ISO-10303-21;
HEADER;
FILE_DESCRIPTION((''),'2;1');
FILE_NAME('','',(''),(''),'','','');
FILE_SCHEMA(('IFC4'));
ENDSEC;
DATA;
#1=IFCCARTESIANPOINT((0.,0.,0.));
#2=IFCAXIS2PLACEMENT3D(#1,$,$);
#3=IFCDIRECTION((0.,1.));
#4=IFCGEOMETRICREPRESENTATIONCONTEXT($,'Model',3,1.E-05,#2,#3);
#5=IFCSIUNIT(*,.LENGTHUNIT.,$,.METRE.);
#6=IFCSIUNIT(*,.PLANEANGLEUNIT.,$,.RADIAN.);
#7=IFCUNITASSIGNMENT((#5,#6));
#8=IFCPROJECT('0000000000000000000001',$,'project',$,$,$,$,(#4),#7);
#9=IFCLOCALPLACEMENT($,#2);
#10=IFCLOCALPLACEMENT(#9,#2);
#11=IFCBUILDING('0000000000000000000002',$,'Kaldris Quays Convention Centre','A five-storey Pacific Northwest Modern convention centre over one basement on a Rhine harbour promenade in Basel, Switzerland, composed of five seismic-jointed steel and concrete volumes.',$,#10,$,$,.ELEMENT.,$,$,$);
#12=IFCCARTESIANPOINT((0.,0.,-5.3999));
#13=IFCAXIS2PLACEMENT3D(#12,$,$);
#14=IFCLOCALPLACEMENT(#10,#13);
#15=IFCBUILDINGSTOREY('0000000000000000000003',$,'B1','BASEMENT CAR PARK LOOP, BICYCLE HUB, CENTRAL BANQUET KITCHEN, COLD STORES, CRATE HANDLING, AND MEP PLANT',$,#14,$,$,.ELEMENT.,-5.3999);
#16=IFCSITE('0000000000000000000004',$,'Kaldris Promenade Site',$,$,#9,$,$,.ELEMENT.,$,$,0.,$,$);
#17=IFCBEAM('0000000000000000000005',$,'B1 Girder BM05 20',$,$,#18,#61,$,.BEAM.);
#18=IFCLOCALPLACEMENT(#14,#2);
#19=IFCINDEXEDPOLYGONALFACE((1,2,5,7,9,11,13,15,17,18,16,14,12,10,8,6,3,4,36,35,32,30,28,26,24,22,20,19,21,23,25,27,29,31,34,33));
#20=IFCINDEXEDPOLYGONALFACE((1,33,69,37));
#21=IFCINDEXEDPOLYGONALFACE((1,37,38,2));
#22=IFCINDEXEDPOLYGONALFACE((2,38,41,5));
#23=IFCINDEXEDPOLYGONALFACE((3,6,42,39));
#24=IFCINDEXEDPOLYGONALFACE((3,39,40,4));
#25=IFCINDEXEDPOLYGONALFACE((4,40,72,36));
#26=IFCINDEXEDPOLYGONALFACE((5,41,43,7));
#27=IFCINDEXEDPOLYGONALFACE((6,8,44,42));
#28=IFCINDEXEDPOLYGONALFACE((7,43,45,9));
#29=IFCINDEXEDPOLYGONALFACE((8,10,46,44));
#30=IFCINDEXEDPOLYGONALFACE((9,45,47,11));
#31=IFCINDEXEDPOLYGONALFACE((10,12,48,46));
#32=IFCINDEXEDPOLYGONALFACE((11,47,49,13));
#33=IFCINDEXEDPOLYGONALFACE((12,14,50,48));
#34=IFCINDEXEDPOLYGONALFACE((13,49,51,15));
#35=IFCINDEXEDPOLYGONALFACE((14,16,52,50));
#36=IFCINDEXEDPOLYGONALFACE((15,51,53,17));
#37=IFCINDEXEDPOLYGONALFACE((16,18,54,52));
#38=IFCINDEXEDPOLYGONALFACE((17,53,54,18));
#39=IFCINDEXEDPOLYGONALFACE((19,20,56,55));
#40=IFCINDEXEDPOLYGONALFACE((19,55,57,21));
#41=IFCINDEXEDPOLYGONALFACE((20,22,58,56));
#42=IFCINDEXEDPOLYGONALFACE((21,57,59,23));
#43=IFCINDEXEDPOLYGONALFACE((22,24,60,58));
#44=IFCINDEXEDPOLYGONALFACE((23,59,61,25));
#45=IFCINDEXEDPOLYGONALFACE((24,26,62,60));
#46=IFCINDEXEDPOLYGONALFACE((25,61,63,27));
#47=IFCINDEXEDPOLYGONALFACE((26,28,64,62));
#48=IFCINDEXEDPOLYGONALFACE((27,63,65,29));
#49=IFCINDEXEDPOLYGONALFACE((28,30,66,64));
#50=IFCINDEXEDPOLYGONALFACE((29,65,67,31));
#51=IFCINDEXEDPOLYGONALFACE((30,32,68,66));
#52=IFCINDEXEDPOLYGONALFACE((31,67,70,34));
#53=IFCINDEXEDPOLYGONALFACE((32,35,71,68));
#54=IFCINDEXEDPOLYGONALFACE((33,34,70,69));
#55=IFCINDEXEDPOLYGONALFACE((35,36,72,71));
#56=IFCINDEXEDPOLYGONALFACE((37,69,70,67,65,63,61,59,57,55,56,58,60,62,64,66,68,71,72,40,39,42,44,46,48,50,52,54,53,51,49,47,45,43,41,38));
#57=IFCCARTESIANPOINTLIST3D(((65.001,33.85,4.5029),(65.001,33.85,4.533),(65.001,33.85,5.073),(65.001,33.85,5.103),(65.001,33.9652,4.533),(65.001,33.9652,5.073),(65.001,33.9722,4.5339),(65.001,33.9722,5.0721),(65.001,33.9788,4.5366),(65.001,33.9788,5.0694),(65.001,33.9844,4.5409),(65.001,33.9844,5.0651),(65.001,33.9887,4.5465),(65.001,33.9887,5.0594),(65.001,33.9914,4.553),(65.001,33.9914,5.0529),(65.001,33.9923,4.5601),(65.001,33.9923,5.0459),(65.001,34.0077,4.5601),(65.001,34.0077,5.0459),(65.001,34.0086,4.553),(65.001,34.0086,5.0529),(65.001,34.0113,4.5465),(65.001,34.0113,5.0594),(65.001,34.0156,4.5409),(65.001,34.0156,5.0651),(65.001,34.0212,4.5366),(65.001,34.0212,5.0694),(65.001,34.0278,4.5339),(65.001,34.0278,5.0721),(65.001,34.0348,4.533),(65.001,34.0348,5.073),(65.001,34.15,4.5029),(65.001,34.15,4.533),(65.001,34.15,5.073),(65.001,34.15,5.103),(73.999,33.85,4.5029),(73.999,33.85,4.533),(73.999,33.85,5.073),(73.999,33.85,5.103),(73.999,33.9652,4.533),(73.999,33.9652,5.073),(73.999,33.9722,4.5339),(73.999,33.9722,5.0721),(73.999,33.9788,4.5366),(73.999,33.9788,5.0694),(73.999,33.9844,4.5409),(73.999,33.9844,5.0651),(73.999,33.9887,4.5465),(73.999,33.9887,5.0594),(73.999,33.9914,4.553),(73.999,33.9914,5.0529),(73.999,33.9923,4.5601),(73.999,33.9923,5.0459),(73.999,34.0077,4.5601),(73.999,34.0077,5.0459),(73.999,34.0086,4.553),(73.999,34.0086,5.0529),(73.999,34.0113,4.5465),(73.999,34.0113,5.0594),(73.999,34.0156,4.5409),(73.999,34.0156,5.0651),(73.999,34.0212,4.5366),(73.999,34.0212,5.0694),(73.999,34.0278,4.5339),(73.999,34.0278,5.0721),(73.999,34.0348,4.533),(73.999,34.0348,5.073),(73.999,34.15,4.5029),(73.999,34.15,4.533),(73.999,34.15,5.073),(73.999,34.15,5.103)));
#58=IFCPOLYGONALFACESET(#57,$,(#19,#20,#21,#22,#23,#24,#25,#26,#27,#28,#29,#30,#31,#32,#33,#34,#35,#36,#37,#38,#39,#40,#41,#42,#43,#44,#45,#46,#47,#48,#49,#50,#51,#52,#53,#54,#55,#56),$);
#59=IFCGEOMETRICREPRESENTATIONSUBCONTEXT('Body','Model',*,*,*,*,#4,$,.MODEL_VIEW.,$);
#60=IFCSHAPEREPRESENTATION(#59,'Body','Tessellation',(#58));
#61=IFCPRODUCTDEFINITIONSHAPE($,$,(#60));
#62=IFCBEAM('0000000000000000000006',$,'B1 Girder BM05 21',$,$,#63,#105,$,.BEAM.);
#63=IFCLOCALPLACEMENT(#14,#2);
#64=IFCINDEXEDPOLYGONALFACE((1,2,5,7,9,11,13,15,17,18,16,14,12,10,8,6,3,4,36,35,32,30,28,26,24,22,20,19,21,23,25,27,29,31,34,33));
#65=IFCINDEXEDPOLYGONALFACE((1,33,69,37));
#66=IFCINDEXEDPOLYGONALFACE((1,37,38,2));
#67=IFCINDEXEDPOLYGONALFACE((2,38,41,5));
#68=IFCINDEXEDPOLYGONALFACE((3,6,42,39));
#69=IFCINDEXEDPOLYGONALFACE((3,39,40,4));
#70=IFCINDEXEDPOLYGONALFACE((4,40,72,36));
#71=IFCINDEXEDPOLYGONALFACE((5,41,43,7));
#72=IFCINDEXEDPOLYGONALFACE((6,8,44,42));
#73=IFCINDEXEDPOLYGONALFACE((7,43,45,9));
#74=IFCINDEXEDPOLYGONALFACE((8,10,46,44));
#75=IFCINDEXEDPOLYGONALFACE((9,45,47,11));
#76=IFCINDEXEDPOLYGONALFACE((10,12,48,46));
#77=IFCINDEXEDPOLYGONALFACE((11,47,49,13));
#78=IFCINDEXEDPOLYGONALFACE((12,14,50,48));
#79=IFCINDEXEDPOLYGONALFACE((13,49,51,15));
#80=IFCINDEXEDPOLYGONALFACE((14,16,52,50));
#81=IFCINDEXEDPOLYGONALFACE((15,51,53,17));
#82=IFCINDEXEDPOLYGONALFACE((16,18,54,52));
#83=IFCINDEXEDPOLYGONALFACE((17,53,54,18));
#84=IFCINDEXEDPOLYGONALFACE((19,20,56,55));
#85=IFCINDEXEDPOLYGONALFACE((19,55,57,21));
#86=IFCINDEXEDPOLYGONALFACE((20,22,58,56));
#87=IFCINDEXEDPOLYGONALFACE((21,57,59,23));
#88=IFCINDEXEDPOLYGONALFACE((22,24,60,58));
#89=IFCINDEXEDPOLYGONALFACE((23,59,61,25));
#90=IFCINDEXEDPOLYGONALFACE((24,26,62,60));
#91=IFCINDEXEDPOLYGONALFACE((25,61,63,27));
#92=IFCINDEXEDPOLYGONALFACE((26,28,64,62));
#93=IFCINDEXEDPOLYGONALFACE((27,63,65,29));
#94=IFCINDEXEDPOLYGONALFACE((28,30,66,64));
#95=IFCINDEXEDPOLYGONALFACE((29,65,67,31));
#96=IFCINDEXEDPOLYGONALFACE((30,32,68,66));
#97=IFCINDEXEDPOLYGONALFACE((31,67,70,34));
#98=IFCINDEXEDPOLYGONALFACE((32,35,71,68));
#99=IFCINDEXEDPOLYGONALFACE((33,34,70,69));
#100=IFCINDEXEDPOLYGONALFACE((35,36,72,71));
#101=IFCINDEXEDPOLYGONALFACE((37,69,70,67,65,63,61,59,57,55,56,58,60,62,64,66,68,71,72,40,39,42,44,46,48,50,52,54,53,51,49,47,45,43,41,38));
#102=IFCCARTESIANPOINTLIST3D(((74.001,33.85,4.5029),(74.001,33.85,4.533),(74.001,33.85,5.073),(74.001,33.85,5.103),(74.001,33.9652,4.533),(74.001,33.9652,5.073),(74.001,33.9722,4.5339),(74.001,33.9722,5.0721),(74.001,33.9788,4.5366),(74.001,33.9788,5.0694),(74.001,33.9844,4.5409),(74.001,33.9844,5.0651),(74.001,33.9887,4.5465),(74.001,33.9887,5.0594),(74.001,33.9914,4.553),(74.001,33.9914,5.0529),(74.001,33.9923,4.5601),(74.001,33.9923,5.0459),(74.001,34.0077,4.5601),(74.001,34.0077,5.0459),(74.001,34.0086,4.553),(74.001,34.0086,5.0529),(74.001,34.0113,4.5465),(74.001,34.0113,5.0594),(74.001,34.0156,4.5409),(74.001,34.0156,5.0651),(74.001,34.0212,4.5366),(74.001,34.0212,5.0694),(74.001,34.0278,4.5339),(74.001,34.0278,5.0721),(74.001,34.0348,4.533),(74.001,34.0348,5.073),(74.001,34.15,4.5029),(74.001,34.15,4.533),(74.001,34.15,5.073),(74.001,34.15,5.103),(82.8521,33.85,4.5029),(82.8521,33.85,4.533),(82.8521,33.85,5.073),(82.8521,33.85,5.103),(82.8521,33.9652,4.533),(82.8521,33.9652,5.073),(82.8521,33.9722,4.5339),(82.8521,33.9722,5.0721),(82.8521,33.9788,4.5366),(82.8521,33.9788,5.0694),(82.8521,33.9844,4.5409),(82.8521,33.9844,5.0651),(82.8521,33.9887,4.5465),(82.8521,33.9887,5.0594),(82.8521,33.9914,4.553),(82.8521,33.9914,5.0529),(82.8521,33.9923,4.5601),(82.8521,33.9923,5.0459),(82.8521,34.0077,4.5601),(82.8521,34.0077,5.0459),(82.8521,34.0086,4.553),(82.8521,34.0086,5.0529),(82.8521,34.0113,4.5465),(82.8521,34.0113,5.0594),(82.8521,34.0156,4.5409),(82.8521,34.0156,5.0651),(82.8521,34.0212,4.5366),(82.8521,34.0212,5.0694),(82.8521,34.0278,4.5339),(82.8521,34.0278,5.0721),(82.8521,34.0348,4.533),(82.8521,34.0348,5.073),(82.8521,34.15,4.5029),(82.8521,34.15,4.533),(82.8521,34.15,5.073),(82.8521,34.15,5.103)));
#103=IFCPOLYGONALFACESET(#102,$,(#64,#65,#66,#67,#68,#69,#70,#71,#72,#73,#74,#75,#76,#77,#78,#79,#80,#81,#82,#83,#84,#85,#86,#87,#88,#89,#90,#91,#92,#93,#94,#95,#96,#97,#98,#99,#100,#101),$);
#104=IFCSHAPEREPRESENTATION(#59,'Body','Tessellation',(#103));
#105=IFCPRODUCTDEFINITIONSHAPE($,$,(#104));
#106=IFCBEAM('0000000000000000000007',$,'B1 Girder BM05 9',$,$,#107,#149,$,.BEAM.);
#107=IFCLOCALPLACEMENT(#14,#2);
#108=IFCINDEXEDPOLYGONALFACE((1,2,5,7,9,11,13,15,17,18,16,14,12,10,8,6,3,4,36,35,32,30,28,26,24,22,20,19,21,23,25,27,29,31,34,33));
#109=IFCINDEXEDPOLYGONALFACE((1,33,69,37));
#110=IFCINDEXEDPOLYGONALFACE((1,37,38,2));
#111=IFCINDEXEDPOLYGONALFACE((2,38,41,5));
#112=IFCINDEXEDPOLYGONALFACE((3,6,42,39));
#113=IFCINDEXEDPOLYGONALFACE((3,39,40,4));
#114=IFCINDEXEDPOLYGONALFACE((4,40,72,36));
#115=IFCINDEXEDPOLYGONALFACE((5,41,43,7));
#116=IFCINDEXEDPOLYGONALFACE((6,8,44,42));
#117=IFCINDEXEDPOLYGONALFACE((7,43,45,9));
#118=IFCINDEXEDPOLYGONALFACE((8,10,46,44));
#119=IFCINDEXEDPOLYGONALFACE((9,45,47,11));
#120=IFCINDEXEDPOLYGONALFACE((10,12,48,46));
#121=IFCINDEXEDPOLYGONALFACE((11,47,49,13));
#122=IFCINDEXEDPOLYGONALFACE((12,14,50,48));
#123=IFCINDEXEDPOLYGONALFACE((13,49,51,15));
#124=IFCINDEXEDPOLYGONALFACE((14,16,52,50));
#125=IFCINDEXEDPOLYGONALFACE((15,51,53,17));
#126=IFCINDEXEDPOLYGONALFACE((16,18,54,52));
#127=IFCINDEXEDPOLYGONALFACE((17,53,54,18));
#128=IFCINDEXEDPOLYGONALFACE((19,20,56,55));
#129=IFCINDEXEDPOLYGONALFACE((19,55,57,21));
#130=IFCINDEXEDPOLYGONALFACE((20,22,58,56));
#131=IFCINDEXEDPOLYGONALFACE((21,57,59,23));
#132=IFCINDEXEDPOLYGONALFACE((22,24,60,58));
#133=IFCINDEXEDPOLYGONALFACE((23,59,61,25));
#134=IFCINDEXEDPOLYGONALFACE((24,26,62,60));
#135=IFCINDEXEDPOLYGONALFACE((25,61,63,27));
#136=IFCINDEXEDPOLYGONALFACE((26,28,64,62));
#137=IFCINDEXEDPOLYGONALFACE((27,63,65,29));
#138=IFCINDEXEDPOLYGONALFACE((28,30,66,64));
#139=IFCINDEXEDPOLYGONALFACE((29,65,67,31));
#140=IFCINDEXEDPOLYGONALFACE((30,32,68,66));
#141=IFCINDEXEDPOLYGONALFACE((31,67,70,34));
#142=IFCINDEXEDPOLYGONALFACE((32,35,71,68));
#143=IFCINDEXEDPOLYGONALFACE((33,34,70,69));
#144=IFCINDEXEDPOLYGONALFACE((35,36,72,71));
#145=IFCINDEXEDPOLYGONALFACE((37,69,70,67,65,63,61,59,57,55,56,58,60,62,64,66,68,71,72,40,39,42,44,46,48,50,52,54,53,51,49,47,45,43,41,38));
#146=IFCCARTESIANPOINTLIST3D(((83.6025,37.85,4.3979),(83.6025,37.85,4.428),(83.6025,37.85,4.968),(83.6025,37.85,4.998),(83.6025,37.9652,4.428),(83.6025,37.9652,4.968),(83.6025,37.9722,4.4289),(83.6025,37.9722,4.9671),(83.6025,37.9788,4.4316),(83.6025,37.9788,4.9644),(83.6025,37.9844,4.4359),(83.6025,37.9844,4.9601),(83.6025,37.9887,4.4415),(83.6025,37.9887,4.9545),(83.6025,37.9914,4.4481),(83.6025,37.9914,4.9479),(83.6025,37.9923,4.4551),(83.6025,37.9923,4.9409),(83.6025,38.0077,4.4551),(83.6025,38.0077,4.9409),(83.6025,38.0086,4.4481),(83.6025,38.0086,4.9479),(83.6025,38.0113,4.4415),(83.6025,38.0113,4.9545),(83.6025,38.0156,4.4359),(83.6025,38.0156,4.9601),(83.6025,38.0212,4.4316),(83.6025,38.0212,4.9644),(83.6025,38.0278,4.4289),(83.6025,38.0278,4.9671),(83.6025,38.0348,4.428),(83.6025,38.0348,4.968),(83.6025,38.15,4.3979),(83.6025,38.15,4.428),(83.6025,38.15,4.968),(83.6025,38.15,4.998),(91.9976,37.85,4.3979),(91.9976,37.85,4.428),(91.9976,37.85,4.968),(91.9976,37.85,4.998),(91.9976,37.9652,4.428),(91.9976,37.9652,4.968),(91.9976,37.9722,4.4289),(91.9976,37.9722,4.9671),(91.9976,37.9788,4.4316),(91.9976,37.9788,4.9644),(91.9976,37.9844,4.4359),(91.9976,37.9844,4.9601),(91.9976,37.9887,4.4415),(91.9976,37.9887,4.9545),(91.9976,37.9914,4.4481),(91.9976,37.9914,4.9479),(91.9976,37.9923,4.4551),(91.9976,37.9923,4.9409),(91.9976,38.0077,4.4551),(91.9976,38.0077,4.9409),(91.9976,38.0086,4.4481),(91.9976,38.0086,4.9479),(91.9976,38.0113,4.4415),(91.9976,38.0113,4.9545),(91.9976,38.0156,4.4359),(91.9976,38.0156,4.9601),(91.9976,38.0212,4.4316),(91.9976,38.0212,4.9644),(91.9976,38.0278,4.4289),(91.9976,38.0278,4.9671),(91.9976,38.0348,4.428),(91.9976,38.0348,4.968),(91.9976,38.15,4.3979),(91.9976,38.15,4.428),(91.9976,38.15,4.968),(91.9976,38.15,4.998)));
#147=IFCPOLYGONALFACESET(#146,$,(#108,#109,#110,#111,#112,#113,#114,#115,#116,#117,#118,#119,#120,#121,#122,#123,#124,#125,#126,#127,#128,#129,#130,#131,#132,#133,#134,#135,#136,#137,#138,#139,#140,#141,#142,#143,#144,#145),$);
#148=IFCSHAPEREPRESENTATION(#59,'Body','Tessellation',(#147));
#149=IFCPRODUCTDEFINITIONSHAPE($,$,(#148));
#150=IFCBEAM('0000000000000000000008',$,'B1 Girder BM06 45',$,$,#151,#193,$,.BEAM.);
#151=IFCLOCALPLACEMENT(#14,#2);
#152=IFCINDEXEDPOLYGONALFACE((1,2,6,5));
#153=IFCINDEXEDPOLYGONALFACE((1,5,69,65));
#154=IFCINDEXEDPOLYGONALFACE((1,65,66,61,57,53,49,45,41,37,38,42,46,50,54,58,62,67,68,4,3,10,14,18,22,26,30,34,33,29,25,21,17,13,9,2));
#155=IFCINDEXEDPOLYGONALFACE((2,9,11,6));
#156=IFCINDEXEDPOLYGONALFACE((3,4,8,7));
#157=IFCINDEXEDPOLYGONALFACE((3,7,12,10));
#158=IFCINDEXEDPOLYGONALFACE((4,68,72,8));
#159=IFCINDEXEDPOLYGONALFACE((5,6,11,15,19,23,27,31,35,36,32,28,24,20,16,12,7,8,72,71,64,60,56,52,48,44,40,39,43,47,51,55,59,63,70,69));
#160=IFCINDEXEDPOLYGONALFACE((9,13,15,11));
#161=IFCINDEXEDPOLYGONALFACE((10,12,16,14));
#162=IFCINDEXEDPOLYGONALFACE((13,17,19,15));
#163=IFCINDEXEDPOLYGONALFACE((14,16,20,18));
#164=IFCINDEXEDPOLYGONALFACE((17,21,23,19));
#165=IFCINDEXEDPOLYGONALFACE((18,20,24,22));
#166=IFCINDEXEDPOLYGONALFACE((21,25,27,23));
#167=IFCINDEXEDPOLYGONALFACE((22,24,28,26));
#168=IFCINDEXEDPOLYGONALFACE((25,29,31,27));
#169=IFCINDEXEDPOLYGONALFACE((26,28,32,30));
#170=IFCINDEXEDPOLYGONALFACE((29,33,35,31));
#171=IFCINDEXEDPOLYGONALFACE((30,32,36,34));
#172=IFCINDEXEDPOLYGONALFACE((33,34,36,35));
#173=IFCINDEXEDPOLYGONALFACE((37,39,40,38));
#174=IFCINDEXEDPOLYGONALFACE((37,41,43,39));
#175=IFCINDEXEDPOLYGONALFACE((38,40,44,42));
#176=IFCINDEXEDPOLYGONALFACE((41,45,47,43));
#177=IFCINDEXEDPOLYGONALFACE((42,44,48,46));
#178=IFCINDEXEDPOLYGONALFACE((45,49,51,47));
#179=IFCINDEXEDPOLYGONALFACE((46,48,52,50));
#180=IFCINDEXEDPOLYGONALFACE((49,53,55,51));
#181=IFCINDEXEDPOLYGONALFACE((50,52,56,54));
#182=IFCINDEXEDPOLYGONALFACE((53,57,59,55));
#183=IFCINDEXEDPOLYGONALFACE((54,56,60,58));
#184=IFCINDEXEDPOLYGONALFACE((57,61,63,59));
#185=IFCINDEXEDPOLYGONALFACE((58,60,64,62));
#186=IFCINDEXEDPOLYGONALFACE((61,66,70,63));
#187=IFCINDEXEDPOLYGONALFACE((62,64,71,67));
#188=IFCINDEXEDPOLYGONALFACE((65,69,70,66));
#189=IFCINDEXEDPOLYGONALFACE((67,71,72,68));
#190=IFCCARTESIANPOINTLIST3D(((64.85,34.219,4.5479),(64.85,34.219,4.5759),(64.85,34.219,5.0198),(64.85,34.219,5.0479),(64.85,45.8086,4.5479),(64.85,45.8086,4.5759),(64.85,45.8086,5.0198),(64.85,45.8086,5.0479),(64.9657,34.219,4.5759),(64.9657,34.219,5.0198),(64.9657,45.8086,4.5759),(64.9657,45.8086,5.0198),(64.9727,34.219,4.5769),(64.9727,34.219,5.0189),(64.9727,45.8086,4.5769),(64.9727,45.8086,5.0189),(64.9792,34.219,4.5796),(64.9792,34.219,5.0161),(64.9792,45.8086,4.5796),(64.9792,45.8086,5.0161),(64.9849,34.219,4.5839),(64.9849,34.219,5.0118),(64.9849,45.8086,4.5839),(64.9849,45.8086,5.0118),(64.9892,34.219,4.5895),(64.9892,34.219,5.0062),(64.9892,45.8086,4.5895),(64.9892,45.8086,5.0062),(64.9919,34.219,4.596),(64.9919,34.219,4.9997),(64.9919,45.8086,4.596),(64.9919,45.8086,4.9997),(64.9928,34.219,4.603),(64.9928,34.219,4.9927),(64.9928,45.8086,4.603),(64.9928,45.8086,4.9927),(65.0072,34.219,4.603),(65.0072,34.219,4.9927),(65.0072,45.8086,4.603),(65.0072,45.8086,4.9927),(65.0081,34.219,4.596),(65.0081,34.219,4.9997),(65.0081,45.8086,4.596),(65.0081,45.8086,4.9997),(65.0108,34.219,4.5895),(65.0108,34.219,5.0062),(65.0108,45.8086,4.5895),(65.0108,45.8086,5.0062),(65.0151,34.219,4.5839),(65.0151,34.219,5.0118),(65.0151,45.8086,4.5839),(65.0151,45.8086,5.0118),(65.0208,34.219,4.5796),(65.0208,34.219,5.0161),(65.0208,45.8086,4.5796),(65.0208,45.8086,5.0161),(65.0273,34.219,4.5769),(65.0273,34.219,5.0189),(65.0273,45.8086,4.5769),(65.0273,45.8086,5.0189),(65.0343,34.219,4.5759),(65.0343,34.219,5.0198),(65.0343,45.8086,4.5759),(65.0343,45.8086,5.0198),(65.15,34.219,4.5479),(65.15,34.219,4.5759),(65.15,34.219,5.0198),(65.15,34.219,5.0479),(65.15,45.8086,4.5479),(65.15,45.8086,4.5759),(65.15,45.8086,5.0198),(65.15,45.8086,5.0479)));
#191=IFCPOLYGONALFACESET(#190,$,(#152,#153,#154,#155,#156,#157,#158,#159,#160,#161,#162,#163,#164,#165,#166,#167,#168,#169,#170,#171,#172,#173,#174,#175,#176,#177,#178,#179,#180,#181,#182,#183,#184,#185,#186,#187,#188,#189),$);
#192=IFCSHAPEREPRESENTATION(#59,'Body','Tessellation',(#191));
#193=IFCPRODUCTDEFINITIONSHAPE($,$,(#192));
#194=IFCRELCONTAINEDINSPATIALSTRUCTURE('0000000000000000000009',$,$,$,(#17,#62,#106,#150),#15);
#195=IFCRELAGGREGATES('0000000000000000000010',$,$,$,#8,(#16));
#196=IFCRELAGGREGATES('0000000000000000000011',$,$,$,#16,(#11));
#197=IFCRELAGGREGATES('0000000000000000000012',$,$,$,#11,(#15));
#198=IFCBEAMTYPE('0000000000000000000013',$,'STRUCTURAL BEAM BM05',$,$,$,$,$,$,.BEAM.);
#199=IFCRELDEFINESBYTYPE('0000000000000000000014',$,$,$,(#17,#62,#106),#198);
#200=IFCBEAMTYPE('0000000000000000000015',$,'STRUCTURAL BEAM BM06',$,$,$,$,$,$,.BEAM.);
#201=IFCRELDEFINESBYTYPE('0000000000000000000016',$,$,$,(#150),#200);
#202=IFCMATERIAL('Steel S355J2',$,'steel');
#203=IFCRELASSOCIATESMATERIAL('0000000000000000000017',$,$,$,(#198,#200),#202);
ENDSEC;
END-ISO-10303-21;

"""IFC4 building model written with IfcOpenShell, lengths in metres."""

from ifc_helpers import new_model, si_unit, direction, frame, origin, origin_2d, place, context, subcontext, project, spatial, i_section, extrude, material, material_profile, profile_set, type_object, element, save


model = new_model("IFC4")

# Units and contexts
model_context = context("Model", 3, precision=1e-05, world=origin(), true_north=direction((0.0, 1.0)))
body_context = subcontext(model_context, "Body", "Model", "MODEL_VIEW")
ifc_project = project(units=[si_unit("LENGTHUNIT", "METRE"), si_unit("PLANEANGLEUNIT", "RADIAN")], contexts=[model_context])

# Site, building, storey
site_placement = place(None, origin())
site = spatial("IfcSite", under=ifc_project, at=site_placement, Name="Kaldris Promenade Site", CompositionType="ELEMENT", RefElevation=0.0)
building_placement = place(site_placement, origin())
building = spatial("IfcBuilding", under=site, at=building_placement, Name="Kaldris Quays Convention Centre", Description="A five-storey Pacific Northwest Modern convention centre over one basement on a Rhine harbour promenade in Basel, Switzerland, composed of five seismic-jointed steel and concrete volumes.", CompositionType="ELEMENT")
storey_placement = place(building_placement, frame((0.0, 0.0, -5.3999)))
storey = spatial("IfcBuildingStorey", under=building, at=storey_placement, Name="B1", Description="BASEMENT CAR PARK LOOP, BICYCLE HUB, CENTRAL BANQUET KITCHEN, COLD STORES, CRATE HANDLING, AND MEP PLANT", CompositionType="ELEMENT", Elevation=-5.3999)

# Shared definitions
ifc_material_1 = material(Name="Steel S355J2", Category="steel")

# Beams
ifc_material_profile_1 = material_profile(ifc_material_1, i_section(OverallWidth=0.3, OverallDepth=0.6001, WebThickness=0.0154, FlangeThickness=0.03, FilletRadius=0.0271, at=origin_2d()), Name="HEB 600")
ifc_profile_set_1 = profile_set([ifc_material_profile_1], Name="Steel S355J2")
beam_type_1 = type_object("IfcBeamType", Name="STRUCTURAL BEAM BM05", PredefinedType="BEAM", material=ifc_profile_set_1)
beam_1_placement = place(storey_placement, frame((65.001, 34.0, 4.803), z_axis=(1.0, 0.0, 0.0), x_axis=(0.0, 1.0, 0.0)))
element("IfcBeam", 1, at=beam_1_placement, inside=storey, type_object=beam_type_1, Name="B1 Girder BM05 20", PredefinedType="BEAM", context=body_context, shape_type="SweptSolid", body=[
    extrude(i_section(OverallWidth=0.3, OverallDepth=0.6001, WebThickness=0.0154, FlangeThickness=0.03, FilletRadius=0.0271, at=origin_2d()), origin(), (0.0, 0.0, 1.0), 8.998),
])
beam_2_placement = place(storey_placement, frame((74.001, 34.0, 4.803), z_axis=(1.0, 0.0, 0.0), x_axis=(0.0, 1.0, 0.0)))
element("IfcBeam", 2, at=beam_2_placement, inside=storey, type_object=beam_type_1, Name="B1 Girder BM05 21", PredefinedType="BEAM", context=body_context, shape_type="SweptSolid", body=[
    extrude(i_section(OverallWidth=0.3, OverallDepth=0.6001, WebThickness=0.0154, FlangeThickness=0.03, FilletRadius=0.0271, at=origin_2d()), origin(), (0.0, 0.0, 1.0), 8.8511),
])
beam_3_placement = place(storey_placement, frame((83.6025, 38.0, 4.698), z_axis=(1.0, 0.0, 0.0), x_axis=(0.0, 1.0, 0.0)))
element("IfcBeam", 3, at=beam_3_placement, inside=storey, type_object=beam_type_1, Name="B1 Girder BM05 9", PredefinedType="BEAM", context=body_context, shape_type="SweptSolid", body=[
    extrude(i_section(OverallWidth=0.3, OverallDepth=0.6001, WebThickness=0.0154, FlangeThickness=0.03, FilletRadius=0.0271, at=origin_2d()), origin(), (0.0, 0.0, 1.0), 8.395),
])
ifc_material_profile_2 = material_profile(ifc_material_1, i_section(OverallWidth=0.3, OverallDepth=0.5, WebThickness=0.0144, FlangeThickness=0.0281, FilletRadius=0.0271, at=origin_2d()), Name="HEB 500")
ifc_profile_set_2 = profile_set([ifc_material_profile_2], Name="Steel S355J2")
beam_type_2 = type_object("IfcBeamType", Name="STRUCTURAL BEAM BM06", PredefinedType="BEAM", material=ifc_profile_set_2)
for number, where, z_axis, x_axis, name in (
    (4, (65.0, 34.219, 4.7979), (0.0, 1.0, 0.0), (-1.0, 0.0, 0.0), "B1 Girder BM06 45"),
):
    element("IfcBeam", number, at=place(storey_placement, frame(where, z_axis=z_axis, x_axis=x_axis)), inside=storey, type_object=beam_type_2, Name=name, PredefinedType="BEAM", context=body_context, shape_type="SweptSolid", body=[
        extrude(i_section(OverallWidth=0.3, OverallDepth=0.5, WebThickness=0.0144, FlangeThickness=0.0281, FilletRadius=0.0271, at=origin_2d()), origin(), (0.0, 0.0, 1.0), 11.5896),
    ])

save(model, "model.ifc")
